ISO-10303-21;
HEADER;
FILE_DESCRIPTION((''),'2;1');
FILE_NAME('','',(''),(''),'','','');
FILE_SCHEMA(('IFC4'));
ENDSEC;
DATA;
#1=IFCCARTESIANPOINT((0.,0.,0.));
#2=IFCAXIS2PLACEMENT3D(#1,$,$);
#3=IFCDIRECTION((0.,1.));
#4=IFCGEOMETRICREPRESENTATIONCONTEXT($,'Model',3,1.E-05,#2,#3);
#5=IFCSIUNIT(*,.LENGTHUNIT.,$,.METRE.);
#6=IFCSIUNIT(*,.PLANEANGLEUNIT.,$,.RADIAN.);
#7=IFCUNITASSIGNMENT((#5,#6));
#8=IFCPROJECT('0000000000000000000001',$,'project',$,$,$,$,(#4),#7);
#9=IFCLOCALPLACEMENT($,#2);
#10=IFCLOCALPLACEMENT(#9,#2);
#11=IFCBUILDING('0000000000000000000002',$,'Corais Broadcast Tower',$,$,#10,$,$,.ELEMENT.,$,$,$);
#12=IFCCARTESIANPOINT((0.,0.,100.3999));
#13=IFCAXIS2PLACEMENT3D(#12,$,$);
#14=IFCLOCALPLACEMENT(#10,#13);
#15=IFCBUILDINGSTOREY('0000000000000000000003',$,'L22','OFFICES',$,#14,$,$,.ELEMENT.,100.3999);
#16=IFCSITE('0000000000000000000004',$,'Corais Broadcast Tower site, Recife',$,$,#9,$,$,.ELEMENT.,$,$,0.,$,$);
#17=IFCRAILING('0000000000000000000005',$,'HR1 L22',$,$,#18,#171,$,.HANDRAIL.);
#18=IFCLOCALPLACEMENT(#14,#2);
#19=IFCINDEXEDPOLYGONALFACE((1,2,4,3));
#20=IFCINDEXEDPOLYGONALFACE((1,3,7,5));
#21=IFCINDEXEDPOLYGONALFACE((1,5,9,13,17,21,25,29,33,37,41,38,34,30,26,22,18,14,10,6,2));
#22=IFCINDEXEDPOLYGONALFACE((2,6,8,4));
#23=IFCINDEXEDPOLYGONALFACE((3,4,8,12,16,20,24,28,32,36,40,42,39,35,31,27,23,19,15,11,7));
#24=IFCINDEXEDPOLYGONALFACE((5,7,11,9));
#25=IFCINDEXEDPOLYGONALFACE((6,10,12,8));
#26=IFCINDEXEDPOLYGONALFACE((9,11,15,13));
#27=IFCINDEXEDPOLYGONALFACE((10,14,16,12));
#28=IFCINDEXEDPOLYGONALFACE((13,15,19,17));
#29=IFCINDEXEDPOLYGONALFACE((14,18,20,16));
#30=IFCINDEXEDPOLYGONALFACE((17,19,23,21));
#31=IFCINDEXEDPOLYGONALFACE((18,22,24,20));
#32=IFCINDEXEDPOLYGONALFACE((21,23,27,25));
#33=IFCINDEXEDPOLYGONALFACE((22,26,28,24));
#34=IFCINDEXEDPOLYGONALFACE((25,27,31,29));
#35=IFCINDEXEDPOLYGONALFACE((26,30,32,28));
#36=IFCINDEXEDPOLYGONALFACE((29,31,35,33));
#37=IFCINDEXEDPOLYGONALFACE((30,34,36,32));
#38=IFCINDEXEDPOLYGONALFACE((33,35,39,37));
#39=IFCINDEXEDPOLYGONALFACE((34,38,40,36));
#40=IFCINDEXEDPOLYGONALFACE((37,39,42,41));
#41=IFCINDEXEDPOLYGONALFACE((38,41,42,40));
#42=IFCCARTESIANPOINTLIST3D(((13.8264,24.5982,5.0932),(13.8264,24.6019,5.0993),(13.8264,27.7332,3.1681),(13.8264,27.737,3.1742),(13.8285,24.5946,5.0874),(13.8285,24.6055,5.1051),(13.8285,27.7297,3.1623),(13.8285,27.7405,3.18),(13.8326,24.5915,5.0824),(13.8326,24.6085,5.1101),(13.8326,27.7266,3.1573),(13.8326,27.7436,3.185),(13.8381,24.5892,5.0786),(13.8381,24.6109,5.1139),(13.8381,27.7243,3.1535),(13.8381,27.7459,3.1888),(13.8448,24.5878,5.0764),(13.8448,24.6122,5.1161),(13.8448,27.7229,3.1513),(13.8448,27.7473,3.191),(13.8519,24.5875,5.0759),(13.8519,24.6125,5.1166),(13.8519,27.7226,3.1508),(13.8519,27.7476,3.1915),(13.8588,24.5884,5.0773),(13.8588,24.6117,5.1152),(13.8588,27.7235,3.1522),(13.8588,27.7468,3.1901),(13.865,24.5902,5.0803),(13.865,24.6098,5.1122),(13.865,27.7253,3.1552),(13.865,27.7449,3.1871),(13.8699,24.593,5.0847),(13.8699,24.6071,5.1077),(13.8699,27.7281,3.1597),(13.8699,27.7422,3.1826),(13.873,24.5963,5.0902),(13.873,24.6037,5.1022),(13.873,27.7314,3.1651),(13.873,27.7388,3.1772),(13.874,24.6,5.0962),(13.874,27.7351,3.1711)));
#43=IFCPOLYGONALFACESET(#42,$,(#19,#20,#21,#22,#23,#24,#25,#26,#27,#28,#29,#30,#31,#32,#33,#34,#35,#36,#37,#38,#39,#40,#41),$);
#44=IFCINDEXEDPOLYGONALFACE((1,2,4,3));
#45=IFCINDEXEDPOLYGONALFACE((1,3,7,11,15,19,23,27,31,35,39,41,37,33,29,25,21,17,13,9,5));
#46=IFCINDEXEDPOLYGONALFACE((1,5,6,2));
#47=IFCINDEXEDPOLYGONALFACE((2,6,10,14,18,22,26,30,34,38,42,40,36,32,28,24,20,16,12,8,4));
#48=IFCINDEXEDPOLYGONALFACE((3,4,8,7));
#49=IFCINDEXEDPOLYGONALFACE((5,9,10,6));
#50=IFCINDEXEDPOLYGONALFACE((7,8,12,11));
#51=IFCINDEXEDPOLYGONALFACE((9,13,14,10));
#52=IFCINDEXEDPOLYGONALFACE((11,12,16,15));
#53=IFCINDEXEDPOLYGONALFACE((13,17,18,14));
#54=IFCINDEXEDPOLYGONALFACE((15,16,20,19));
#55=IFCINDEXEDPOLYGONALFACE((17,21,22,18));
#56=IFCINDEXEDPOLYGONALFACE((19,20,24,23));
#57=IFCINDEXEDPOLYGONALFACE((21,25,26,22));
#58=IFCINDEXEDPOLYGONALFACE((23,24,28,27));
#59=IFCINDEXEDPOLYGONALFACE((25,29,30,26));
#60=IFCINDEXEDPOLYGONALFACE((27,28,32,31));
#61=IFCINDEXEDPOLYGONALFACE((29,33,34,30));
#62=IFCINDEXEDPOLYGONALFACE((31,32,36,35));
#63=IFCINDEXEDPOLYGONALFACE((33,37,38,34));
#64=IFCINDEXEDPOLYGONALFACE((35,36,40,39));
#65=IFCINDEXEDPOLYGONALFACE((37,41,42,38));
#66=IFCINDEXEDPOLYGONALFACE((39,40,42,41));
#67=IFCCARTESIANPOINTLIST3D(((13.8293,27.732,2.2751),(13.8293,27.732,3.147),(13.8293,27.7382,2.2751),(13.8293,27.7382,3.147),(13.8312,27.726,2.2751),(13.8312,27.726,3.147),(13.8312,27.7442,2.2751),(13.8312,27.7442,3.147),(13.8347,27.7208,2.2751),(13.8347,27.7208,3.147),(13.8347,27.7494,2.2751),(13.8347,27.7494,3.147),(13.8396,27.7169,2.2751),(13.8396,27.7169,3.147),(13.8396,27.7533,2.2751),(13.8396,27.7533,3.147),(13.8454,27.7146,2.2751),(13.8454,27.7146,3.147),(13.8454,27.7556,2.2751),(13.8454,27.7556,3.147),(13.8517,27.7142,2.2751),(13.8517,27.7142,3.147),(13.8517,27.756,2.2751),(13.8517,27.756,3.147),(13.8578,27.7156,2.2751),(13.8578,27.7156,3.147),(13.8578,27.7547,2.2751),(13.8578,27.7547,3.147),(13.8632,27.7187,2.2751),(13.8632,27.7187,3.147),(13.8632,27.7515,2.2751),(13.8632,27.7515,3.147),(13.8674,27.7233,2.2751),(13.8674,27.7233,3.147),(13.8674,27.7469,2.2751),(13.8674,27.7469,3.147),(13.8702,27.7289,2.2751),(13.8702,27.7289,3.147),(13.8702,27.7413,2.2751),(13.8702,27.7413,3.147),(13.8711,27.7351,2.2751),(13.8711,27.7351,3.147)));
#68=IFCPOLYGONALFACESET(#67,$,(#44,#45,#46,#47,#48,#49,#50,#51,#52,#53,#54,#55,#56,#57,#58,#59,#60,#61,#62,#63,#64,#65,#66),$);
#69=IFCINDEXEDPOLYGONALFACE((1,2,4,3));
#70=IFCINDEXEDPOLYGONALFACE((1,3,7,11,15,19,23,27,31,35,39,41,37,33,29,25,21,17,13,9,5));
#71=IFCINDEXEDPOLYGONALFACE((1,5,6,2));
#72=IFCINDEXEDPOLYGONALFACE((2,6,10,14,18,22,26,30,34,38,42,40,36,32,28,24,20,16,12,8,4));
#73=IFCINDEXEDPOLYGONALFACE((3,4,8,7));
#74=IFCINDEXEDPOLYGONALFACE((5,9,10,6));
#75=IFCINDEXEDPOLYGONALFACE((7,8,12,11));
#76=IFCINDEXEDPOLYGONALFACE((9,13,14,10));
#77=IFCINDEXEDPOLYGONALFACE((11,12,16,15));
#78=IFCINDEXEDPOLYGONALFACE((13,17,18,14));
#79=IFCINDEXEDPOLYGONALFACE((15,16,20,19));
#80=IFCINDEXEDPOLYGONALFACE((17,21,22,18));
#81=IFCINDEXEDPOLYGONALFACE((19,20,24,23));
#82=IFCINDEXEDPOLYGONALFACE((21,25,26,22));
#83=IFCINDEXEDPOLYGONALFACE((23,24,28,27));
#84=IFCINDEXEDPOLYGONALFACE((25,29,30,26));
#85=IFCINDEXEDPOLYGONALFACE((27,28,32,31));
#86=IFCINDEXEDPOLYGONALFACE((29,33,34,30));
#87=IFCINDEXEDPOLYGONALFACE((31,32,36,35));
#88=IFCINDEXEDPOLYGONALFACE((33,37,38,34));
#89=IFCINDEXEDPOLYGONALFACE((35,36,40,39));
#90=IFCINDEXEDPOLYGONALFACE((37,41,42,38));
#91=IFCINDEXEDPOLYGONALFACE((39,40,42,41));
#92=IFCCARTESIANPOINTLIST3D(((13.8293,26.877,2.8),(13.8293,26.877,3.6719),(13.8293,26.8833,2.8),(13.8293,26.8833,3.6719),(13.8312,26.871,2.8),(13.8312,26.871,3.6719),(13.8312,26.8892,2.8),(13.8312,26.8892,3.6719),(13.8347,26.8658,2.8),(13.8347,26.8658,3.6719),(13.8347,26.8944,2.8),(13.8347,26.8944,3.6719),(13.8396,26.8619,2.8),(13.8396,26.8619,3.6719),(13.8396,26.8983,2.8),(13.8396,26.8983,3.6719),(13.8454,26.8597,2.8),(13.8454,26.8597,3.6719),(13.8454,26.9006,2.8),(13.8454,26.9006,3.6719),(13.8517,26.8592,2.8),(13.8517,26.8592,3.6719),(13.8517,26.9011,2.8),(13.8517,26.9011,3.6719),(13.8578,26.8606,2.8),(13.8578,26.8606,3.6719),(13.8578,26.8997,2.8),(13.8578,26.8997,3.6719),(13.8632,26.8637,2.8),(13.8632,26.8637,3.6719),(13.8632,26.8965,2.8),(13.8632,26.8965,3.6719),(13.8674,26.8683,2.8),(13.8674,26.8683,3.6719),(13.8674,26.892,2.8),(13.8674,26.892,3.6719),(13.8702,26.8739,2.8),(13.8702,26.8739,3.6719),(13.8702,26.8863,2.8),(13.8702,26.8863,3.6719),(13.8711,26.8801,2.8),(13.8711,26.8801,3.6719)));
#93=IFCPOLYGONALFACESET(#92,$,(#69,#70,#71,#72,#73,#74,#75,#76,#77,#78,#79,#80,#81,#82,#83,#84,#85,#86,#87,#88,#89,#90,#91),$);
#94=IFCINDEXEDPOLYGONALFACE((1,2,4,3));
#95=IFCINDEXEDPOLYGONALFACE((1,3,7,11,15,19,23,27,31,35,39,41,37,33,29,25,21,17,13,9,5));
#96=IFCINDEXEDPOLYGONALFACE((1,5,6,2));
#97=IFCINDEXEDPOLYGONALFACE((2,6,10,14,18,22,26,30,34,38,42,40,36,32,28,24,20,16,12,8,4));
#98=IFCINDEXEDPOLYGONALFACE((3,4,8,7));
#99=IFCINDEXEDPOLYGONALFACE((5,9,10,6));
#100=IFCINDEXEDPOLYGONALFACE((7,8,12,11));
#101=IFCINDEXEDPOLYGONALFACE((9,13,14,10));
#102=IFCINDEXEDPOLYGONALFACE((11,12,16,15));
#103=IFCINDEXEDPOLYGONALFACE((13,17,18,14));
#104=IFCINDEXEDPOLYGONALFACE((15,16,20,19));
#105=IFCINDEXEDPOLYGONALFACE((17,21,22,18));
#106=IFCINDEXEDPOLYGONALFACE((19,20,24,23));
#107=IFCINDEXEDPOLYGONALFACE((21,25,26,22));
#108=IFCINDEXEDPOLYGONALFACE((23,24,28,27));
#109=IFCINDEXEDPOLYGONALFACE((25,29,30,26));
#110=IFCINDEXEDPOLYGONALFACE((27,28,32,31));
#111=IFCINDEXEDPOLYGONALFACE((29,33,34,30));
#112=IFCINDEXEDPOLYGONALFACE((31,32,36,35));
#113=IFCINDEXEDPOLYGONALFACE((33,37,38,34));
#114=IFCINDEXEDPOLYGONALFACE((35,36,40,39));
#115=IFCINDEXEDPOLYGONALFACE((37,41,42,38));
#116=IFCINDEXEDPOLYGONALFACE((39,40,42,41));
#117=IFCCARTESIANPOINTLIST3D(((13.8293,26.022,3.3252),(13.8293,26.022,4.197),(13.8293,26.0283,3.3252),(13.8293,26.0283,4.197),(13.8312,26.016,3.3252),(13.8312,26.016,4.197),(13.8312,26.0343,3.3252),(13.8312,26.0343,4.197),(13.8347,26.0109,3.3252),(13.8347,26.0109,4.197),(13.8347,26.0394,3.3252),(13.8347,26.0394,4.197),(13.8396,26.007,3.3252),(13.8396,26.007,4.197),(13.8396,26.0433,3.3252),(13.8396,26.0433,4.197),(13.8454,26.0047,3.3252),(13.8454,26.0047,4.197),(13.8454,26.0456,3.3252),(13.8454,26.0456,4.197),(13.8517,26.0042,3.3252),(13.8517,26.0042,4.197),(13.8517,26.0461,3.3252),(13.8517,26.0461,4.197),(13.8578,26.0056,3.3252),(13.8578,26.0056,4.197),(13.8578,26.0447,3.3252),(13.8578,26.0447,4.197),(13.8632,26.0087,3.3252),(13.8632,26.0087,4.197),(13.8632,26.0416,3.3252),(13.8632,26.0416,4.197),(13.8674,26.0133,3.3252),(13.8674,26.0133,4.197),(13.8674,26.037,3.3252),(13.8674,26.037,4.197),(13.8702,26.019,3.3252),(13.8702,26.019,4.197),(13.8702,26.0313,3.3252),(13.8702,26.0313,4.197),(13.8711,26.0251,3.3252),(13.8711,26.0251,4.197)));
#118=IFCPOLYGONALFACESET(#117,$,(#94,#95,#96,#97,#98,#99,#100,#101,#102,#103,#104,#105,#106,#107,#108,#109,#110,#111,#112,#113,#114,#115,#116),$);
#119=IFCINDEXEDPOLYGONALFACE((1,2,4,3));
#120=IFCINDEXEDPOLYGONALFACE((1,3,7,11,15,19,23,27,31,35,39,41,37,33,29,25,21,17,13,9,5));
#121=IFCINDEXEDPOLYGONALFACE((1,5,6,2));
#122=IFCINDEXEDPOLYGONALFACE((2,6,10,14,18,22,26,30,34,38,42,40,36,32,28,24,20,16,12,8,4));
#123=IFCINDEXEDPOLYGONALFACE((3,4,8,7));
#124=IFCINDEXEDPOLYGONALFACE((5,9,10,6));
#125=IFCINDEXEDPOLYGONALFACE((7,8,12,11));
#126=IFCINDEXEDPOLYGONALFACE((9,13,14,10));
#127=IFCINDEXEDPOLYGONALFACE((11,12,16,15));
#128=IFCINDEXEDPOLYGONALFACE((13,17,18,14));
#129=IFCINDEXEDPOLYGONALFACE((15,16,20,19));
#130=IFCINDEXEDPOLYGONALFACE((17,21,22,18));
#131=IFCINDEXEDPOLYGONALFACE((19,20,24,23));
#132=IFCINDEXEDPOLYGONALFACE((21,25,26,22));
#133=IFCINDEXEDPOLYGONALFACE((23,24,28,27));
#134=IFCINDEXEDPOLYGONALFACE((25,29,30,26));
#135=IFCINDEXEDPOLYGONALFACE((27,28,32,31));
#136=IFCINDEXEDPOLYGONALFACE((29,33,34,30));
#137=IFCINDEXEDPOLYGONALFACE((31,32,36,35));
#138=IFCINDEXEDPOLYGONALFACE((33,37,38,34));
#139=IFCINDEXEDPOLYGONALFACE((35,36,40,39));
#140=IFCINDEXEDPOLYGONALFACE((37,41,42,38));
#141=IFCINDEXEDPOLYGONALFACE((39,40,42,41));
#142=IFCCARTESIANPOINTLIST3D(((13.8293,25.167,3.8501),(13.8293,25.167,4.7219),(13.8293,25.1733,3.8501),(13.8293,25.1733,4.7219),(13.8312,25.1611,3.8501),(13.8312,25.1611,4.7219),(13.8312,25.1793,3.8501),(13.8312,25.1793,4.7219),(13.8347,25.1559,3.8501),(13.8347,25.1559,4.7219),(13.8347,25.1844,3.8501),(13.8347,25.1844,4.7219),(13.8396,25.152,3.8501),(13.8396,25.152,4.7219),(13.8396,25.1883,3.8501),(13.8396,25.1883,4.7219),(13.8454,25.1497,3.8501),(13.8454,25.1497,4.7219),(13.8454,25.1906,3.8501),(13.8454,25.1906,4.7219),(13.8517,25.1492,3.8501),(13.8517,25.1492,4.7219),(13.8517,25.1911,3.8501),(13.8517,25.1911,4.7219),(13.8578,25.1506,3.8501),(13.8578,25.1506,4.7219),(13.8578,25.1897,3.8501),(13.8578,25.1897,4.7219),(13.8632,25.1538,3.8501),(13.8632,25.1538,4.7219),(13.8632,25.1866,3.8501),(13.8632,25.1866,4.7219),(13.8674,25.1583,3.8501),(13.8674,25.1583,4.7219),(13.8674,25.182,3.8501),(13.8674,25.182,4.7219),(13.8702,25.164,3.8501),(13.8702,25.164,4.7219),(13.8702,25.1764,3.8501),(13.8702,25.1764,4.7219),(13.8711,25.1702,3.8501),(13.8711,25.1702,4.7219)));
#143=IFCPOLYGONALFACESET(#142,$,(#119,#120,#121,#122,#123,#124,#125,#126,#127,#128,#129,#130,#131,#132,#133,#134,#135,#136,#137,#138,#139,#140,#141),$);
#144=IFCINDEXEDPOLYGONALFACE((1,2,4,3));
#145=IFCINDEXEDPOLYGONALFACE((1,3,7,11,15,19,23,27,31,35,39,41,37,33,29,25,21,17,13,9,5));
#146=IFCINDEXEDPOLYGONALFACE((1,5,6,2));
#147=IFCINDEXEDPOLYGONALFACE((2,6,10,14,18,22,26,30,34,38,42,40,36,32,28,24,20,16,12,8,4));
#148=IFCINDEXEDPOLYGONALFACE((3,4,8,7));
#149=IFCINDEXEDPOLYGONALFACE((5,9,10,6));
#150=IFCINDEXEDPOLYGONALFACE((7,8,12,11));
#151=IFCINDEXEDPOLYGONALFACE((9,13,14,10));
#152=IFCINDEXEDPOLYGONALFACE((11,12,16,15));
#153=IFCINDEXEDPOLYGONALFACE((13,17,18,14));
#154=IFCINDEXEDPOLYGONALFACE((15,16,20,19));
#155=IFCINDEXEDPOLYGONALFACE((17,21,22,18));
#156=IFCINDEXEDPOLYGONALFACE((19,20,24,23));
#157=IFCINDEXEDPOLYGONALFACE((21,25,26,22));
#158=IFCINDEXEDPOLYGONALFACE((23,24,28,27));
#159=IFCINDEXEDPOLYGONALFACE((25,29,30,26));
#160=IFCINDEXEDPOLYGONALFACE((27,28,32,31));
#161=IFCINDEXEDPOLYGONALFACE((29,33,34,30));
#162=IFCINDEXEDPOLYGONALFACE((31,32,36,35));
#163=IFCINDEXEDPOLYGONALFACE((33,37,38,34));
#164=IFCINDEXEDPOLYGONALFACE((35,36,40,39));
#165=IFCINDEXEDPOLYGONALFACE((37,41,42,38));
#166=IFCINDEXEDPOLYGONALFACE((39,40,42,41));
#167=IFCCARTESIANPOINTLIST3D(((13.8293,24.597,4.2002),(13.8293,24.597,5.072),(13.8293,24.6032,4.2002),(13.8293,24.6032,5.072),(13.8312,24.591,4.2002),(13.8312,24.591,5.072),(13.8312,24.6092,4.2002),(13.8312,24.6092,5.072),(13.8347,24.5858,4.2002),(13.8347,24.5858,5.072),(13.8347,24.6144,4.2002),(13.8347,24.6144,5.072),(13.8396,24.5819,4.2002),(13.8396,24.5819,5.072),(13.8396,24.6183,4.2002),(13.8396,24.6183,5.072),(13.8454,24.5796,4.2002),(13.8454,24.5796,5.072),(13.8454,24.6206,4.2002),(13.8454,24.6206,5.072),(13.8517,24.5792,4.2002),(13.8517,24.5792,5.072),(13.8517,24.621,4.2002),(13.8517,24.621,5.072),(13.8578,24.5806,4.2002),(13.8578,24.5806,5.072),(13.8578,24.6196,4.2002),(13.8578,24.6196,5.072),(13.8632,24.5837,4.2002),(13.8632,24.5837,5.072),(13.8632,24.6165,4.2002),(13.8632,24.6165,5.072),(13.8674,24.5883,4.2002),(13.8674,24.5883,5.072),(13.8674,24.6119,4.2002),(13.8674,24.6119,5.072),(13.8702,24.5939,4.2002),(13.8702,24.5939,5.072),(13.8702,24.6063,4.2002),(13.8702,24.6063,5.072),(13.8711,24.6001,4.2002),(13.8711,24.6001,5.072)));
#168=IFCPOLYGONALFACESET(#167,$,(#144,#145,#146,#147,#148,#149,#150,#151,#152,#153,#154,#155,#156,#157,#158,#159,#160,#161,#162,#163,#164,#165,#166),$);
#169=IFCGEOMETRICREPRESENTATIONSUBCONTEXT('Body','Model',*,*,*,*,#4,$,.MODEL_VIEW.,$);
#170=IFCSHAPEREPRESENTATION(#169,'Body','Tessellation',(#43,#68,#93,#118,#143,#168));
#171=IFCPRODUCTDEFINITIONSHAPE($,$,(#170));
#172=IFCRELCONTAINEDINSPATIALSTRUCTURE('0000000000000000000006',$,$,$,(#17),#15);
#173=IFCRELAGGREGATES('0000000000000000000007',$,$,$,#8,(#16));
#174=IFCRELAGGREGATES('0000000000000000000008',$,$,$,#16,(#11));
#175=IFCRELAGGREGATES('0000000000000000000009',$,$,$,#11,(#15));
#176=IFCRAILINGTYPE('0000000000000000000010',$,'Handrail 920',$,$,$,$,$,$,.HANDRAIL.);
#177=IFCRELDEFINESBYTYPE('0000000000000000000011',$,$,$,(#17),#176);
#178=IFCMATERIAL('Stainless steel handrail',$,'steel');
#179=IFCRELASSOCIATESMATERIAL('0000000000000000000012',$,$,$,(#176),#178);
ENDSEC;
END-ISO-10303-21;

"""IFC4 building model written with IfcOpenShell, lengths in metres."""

from ifc_helpers import new_model, si_unit, direction, frame, origin, origin_2d, place, context, subcontext, project, spatial, circle, extrude, material, type_object, element, save


model = new_model("IFC4")

# Units and contexts
model_context = context("Model", 3, precision=1e-05, world=origin(), true_north=direction((0.0, 1.0)))
body_context = subcontext(model_context, "Body", "Model", "MODEL_VIEW")
ifc_project = project(units=[si_unit("LENGTHUNIT", "METRE"), si_unit("PLANEANGLEUNIT", "RADIAN")], contexts=[model_context])

# Site, building, storey
site_placement = place(None, origin())
site = spatial("IfcSite", under=ifc_project, at=site_placement, Name="Corais Broadcast Tower site, Recife", CompositionType="ELEMENT", RefElevation=0.0)
building_placement = place(site_placement, origin())
building = spatial("IfcBuilding", under=site, at=building_placement, Name="Corais Broadcast Tower", CompositionType="ELEMENT")
storey_placement = place(building_placement, frame((0.0, 0.0, 100.3999)))
storey = spatial("IfcBuildingStorey", under=building, at=storey_placement, Name="L22", Description="OFFICES", CompositionType="ELEMENT", Elevation=100.3999)

# Railing
ifc_material_1 = material(Name="Stainless steel handrail", Category="steel")
railing_type = type_object("IfcRailingType", Name="Handrail 920", PredefinedType="HANDRAIL", material=ifc_material_1)
for number, where, name in (
    (1, (13.8501, 27.7351, 2.2751), "HR1 L22"),
):
    element("IfcRailing", number, at=place(storey_placement, frame(where)), inside=storey, type_object=railing_type, Name=name, PredefinedType="HANDRAIL", context=body_context, shape_type="SweptSolid", body=[
        extrude(circle(Radius=0.0239, at=origin_2d()), frame((0.0, 0.0, 0.896), z_axis=(0.0, -0.852166, 0.523271), x_axis=(1.0, 0.0, 0.0)), (0.0, 0.0, 1.0), 3.679),
        extrude(circle(Radius=0.021, at=origin_2d()), origin(), (0.0, 0.0, 1.0), 0.8718),
        extrude(circle(Radius=0.021, at=origin_2d()), frame((0.0, -0.855, 0.5249)), (0.0, 0.0, 1.0), 0.8718),
        extrude(circle(Radius=0.021, at=origin_2d()), frame((0.0, -1.71, 1.05)), (0.0, 0.0, 1.0), 0.8718),
        extrude(circle(Radius=0.021, at=origin_2d()), frame((0.0, -2.5649, 1.575)), (0.0, 0.0, 1.0), 0.8718),
        extrude(circle(Radius=0.021, at=origin_2d()), frame((0.0, -3.135, 1.925)), (0.0, 0.0, 1.0), 0.8718),
    ])

save(model, "model.ifc")
